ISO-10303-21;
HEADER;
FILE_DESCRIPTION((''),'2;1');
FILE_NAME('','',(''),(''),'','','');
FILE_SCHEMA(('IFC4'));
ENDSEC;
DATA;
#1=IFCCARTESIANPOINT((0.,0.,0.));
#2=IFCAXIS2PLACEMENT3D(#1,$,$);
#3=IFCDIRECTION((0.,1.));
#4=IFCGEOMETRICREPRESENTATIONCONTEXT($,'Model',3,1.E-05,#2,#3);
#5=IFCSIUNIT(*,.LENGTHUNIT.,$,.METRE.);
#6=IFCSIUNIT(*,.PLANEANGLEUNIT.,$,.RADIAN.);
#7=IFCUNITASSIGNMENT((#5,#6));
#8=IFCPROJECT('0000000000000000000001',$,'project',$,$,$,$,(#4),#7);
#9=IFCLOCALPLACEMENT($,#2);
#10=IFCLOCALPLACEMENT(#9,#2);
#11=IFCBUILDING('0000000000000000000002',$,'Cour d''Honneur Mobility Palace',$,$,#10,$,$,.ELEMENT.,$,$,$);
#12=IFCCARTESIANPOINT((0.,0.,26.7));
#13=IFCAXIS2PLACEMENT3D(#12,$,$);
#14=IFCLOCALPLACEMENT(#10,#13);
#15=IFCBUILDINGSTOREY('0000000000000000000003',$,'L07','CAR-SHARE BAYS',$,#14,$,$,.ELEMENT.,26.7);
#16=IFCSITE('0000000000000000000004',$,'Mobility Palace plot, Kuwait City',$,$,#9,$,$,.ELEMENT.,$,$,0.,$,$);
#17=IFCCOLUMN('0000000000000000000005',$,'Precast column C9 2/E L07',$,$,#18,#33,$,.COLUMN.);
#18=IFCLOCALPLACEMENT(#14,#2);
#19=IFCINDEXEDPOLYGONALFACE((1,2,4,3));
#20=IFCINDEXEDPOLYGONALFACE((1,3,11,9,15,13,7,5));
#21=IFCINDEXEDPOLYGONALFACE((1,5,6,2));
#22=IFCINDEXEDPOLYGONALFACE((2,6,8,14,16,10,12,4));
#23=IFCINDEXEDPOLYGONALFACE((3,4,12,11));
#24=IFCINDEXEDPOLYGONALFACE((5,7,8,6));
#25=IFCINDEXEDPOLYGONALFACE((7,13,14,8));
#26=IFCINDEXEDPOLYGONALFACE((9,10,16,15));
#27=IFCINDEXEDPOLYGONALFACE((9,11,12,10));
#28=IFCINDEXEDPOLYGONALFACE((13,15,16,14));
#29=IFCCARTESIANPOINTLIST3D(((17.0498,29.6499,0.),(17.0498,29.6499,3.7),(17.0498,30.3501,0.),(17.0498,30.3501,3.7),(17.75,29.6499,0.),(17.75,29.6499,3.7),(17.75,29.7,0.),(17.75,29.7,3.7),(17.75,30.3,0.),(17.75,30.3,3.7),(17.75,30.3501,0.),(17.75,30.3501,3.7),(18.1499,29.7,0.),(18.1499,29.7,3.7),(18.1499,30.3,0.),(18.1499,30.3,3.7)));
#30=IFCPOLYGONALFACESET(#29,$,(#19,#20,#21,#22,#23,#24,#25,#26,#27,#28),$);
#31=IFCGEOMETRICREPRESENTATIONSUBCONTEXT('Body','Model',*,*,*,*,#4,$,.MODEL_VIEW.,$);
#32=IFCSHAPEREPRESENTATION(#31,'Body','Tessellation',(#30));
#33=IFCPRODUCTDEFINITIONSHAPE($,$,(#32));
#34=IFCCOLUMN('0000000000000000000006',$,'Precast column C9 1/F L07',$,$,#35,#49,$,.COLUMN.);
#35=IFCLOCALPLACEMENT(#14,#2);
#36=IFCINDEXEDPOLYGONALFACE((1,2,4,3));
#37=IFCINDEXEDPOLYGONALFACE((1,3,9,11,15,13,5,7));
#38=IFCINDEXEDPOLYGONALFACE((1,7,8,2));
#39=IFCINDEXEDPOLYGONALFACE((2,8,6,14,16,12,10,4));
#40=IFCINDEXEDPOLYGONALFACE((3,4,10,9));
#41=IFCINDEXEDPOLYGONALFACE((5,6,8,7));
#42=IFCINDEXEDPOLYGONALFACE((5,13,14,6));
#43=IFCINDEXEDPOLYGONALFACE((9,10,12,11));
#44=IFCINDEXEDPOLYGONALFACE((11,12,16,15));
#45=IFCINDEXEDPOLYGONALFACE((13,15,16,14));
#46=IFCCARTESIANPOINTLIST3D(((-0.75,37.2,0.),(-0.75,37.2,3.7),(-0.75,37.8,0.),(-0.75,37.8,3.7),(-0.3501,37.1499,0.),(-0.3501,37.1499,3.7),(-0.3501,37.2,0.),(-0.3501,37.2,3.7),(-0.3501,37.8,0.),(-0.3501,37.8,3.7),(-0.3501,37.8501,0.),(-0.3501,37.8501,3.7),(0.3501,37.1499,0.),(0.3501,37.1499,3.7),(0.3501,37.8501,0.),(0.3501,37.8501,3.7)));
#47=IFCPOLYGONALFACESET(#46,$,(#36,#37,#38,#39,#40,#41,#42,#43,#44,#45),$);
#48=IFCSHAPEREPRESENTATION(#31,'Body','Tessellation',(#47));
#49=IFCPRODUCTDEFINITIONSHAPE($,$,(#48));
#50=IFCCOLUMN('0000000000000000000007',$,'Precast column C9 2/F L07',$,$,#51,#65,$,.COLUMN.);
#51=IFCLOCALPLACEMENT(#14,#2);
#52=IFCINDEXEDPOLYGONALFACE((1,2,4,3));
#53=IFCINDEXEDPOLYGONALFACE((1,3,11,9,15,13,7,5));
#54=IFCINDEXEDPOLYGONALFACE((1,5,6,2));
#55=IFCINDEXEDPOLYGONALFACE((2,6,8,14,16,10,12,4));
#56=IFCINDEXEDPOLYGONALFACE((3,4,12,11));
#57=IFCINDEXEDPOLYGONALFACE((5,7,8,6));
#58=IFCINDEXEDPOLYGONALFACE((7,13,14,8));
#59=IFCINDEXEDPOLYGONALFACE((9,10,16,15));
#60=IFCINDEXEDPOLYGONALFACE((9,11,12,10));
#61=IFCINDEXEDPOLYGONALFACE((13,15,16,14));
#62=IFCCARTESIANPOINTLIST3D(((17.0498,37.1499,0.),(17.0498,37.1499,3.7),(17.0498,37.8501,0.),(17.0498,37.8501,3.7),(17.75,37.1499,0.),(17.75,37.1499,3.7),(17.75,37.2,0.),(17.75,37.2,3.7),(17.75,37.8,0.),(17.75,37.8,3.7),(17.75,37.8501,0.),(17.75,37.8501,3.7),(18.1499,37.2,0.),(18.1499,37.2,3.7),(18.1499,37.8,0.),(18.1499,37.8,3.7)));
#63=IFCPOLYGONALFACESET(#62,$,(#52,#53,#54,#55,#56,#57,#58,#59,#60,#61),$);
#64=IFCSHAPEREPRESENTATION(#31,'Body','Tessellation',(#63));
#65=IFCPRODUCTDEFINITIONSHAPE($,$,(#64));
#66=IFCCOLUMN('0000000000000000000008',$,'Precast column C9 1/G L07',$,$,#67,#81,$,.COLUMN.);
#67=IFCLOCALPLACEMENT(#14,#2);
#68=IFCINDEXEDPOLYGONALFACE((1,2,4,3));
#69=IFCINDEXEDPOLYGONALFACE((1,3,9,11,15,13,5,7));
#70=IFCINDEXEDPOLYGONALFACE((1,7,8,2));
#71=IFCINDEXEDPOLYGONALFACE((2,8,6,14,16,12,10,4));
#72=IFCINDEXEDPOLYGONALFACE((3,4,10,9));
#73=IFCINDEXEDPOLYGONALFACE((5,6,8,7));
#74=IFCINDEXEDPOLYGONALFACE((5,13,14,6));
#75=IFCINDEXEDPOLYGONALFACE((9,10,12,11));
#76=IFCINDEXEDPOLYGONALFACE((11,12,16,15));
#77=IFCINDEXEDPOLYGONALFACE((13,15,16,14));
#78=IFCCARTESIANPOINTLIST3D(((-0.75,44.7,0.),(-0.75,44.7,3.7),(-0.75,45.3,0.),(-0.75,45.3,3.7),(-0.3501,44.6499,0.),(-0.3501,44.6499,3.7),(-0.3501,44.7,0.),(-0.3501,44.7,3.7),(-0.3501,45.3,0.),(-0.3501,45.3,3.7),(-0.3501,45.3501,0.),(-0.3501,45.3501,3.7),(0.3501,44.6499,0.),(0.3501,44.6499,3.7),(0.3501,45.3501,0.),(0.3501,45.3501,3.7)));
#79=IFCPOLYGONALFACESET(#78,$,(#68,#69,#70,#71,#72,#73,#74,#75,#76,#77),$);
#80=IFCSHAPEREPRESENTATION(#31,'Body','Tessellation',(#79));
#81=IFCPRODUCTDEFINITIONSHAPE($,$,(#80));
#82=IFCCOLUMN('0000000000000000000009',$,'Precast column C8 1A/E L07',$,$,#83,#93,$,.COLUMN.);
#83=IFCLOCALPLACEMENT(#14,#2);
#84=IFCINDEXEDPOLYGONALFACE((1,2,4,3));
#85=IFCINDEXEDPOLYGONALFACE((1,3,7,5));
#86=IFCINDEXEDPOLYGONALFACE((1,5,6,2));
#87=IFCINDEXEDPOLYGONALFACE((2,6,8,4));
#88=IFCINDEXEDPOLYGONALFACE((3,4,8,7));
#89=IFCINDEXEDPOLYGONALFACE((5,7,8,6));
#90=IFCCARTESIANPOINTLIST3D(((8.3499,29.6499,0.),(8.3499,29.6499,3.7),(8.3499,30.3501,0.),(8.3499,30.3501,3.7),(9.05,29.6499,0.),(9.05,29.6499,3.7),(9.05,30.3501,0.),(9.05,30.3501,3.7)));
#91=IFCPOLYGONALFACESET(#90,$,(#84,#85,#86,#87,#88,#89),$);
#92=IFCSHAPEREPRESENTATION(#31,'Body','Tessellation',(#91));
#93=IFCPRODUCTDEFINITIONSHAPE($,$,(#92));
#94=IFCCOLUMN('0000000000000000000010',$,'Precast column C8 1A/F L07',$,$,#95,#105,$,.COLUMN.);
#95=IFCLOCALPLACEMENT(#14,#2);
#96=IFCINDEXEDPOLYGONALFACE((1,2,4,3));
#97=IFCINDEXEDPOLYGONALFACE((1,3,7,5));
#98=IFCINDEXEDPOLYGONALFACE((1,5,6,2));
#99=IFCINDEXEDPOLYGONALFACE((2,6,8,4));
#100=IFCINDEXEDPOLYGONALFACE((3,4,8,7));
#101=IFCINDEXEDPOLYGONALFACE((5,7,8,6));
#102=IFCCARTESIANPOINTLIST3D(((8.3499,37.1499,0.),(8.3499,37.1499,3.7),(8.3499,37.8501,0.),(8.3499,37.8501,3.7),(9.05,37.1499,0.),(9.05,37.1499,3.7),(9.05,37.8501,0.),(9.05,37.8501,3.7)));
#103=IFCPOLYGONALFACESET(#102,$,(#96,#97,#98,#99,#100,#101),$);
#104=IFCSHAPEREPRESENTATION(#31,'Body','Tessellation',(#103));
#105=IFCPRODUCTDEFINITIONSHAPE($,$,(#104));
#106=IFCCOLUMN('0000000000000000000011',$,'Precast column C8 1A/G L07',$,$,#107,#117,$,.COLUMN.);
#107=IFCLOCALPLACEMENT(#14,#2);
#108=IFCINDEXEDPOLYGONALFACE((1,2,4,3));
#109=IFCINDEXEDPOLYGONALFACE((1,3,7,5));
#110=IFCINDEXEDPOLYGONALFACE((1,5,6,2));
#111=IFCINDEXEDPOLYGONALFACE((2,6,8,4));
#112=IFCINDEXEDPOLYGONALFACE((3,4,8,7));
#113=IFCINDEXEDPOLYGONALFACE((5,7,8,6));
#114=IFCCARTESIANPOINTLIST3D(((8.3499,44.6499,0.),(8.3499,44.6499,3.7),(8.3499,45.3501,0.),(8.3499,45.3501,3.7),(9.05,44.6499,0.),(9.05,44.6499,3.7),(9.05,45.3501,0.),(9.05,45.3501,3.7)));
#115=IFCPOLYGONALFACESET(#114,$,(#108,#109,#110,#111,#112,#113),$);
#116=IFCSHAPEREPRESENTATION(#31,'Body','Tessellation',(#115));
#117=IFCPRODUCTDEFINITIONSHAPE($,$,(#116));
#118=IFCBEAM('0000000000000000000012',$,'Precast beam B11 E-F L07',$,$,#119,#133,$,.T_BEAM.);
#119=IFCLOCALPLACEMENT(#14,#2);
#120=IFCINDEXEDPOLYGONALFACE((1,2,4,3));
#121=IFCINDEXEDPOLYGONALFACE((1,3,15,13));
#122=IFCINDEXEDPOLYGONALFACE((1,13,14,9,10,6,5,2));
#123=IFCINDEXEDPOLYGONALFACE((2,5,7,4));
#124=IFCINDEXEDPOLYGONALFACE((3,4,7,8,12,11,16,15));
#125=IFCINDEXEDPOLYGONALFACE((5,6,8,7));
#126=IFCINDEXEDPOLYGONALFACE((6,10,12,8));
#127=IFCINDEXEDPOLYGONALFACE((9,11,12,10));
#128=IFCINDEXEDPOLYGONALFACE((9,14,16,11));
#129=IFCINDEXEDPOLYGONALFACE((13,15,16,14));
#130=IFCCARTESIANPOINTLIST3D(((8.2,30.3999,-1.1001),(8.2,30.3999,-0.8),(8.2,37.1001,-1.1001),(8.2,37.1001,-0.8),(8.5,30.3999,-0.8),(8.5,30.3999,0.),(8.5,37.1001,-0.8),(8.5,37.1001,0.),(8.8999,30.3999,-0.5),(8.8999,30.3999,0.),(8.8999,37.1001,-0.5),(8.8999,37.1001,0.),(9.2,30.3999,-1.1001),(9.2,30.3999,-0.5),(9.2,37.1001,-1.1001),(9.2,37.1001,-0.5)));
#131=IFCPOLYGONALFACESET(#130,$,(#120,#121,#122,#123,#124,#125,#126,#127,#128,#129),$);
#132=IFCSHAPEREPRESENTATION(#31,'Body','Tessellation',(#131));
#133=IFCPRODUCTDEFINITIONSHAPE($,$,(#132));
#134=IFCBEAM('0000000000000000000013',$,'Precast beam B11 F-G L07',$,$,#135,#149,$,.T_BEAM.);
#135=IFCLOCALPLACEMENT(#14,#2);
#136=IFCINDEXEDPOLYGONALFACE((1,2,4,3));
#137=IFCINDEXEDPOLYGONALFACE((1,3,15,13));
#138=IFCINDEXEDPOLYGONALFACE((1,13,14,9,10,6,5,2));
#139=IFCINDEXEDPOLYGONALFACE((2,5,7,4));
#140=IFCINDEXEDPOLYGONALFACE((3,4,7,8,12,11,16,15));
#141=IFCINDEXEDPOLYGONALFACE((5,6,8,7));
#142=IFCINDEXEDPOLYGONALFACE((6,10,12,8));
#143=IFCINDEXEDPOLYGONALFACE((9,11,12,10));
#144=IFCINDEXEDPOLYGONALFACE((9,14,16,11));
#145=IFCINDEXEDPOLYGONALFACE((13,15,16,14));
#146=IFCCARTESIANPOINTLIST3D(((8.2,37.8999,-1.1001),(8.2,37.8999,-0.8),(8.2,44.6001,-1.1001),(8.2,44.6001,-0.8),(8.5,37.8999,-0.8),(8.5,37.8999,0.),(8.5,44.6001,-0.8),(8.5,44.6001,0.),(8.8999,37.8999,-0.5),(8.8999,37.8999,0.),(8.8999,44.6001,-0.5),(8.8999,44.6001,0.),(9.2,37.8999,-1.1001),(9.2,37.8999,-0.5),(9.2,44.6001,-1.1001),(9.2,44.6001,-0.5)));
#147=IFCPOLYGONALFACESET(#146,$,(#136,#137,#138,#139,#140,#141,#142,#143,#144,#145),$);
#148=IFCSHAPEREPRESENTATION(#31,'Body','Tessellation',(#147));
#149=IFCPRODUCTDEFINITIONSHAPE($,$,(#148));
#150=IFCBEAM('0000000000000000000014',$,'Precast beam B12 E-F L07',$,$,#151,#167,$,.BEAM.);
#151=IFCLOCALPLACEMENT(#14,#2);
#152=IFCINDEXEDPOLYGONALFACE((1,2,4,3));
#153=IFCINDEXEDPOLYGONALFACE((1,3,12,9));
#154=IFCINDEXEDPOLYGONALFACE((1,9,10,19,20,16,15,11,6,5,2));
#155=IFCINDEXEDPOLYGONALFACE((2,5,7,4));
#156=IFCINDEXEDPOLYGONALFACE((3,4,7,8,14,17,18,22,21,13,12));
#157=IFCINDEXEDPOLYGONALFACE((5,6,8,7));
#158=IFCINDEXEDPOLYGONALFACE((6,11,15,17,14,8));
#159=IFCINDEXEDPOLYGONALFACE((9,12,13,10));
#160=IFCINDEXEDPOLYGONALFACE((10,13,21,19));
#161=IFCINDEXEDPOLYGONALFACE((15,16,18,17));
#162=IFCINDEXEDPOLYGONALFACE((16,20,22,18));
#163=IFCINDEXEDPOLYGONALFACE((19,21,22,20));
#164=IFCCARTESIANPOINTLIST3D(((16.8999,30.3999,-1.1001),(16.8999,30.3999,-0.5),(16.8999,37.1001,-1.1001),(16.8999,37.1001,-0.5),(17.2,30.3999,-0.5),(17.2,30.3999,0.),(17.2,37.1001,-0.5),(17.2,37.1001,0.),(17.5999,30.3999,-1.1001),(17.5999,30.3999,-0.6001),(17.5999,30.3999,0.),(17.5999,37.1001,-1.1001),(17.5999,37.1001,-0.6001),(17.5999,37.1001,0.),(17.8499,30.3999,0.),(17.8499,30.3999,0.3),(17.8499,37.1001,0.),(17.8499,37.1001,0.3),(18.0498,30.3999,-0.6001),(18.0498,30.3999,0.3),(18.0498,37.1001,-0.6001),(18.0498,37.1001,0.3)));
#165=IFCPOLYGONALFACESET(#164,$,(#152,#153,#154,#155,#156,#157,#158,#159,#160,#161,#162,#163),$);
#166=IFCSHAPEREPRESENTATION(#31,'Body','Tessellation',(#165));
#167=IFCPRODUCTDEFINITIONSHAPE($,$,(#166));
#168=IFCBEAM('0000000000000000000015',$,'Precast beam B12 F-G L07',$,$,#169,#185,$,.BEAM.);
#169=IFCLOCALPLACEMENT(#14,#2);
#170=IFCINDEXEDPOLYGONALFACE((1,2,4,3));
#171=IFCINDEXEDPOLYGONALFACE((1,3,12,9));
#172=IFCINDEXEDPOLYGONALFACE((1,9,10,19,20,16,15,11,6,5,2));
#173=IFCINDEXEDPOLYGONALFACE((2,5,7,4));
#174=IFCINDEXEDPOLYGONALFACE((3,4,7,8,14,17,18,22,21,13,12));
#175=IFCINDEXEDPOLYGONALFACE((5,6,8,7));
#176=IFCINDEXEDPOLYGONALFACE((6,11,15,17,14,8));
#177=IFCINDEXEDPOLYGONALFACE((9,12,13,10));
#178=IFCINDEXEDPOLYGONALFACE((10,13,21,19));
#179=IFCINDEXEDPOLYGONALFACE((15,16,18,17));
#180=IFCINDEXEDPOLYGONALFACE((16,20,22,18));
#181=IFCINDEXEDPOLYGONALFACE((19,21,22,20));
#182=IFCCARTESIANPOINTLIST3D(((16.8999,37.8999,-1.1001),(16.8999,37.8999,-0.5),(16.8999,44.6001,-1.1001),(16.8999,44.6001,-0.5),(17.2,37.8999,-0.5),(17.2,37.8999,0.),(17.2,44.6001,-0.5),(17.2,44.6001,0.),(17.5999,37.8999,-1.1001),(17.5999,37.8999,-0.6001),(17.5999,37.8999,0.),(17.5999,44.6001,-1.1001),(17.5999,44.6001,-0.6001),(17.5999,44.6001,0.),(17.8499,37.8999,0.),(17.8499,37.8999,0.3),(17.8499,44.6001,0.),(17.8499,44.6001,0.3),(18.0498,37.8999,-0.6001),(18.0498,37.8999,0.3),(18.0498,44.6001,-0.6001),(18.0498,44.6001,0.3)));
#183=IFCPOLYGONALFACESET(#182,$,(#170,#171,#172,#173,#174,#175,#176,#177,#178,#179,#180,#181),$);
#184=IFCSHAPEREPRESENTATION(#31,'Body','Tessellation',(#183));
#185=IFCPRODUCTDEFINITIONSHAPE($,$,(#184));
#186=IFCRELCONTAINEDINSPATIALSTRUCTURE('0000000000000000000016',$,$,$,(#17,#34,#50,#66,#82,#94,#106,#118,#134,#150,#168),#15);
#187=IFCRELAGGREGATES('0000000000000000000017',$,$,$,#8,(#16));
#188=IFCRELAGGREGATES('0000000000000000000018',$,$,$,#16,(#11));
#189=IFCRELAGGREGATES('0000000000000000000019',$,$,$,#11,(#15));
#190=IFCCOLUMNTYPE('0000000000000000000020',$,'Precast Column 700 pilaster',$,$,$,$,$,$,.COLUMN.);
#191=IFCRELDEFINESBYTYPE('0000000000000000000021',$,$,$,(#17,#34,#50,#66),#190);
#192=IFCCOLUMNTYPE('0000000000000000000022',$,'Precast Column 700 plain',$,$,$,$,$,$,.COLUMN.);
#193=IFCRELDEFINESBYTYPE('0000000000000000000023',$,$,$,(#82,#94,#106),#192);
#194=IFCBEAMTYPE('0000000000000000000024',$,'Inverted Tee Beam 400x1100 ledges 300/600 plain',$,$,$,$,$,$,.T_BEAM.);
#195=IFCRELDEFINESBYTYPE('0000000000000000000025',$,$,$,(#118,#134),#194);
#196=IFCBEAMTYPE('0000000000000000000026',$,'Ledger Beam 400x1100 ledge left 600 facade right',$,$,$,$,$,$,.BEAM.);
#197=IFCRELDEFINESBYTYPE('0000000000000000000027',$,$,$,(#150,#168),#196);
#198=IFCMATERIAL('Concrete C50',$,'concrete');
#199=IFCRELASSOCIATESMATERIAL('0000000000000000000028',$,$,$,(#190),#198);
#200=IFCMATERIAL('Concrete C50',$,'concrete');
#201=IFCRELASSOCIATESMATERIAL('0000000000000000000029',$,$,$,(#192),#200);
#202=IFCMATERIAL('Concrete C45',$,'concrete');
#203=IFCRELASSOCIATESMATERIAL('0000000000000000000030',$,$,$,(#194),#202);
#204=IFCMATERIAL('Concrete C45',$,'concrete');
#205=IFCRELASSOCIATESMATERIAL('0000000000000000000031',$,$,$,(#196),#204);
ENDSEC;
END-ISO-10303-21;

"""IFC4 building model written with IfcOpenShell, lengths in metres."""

from ifc_helpers import new_model, si_unit, direction, frame, origin, place, context, subcontext, project, spatial, polyline, outline, extrude, material, material_profile, profile_set, type_object, element, save


model = new_model("IFC4")

# Units and contexts
model_context = context("Model", 3, precision=1e-05, world=origin(), true_north=direction((0.0, 1.0)))
body_context = subcontext(model_context, "Body", "Model", "MODEL_VIEW")
ifc_project = project(units=[si_unit("LENGTHUNIT", "METRE"), si_unit("PLANEANGLEUNIT", "RADIAN")], contexts=[model_context])

# Site, building, storey
site_placement = place(None, origin())
site = spatial("IfcSite", under=ifc_project, at=site_placement, Name="Mobility Palace plot, Kuwait City", CompositionType="ELEMENT", RefElevation=0.0)
building_placement = place(site_placement, origin())
building = spatial("IfcBuilding", under=site, at=building_placement, Name="Cour d'Honneur Mobility Palace", CompositionType="ELEMENT")
storey_placement = place(building_placement, frame((0.0, 0.0, 26.7)))
storey = spatial("IfcBuildingStorey", under=building, at=storey_placement, Name="L07", Description="CAR-SHARE BAYS", CompositionType="ELEMENT", Elevation=26.7)

# Columns
ifc_material_1 = material(Name="Concrete C50", Category="concrete")
ifc_material_profile_1 = material_profile(ifc_material_1, outline(polyline([(-0.3501, -0.3501), (0.3501, -0.3501), (0.3501, -0.3), (0.75, -0.3), (0.75, 0.3), (0.3501, 0.3), (0.3501, 0.3501), (-0.3501, 0.3501), (-0.3501, -0.3501)])), Name="PC C700 pilaster")
ifc_profile_set_1 = profile_set([ifc_material_profile_1], Name="Concrete C50")
column_type_1 = type_object("IfcColumnType", Name="Precast Column 700 pilaster", PredefinedType="COLUMN", material=ifc_profile_set_1)
for number, where, z_axis, x_axis, name in (
    (1, (17.3999, 30.0, 0.0), (0.0, 0.0, 1.0), (1.0, 0.0, 0.0), "Precast column C9 2/E L07"),
    (2, (0.0, 37.5, 0.0), (0.0, 0.0, 1.0), (-1.0, 0.0, 0.0), "Precast column C9 1/F L07"),
    (3, (17.3999, 37.5, 0.0), (0.0, 0.0, 1.0), (1.0, 0.0, 0.0), "Precast column C9 2/F L07"),
    (4, (0.0, 45.0, 0.0), (0.0, 0.0, 1.0), (-1.0, 0.0, 0.0), "Precast column C9 1/G L07"),
):
    element("IfcColumn", number, at=place(storey_placement, frame(where, z_axis=z_axis, x_axis=x_axis)), inside=storey, type_object=column_type_1, Name=name, PredefinedType="COLUMN", context=body_context, shape_type="SweptSolid", body=[
        extrude(outline(polyline([(-0.3501, -0.3501), (0.3501, -0.3501), (0.3501, -0.3), (0.75, -0.3), (0.75, 0.3), (0.3501, 0.3), (0.3501, 0.3501), (-0.3501, 0.3501), (-0.3501, -0.3501)])), origin(), (0.0, 0.0, 1.0), 3.7),
    ])
ifc_material_2 = material(Name="Concrete C50", Category="concrete")
ifc_material_profile_2 = material_profile(ifc_material_2, outline(polyline([(-0.3501, -0.3501), (0.3501, -0.3501), (0.3501, 0.3501), (-0.3501, 0.3501), (-0.3501, -0.3501)])), Name="PC C700 plain")
ifc_profile_set_2 = profile_set([ifc_material_profile_2], Name="Concrete C50")
column_type_2 = type_object("IfcColumnType", Name="Precast Column 700 plain", PredefinedType="COLUMN", material=ifc_profile_set_2)
for number, where, z_axis, x_axis, name in (
    (5, (8.7, 30.0, 0.0), (0.0, 0.0, 1.0), (1.0, 0.0, 0.0), "Precast column C8 1A/E L07"),
    (6, (8.7, 37.5, 0.0), (0.0, 0.0, 1.0), (1.0, 0.0, 0.0), "Precast column C8 1A/F L07"),
    (7, (8.7, 45.0, 0.0), (0.0, 0.0, 1.0), (1.0, 0.0, 0.0), "Precast column C8 1A/G L07"),
):
    element("IfcColumn", number, at=place(storey_placement, frame(where, z_axis=z_axis, x_axis=x_axis)), inside=storey, type_object=column_type_2, Name=name, PredefinedType="COLUMN", context=body_context, shape_type="SweptSolid", body=[
        extrude(outline(polyline([(-0.3501, -0.3501), (0.3501, -0.3501), (0.3501, 0.3501), (-0.3501, 0.3501), (-0.3501, -0.3501)])), origin(), (0.0, 0.0, 1.0), 3.7),
    ])

# Beams
ifc_material_3 = material(Name="Concrete C45", Category="concrete")
ifc_material_profile_3 = material_profile(ifc_material_3, outline(polyline([(0.5, -1.1001), (0.5, -0.8), (0.2, -0.8), (0.2, 0.0), (-0.2, 0.0), (-0.2, -0.5), (-0.5, -0.5), (-0.5, -1.1001), (0.5, -1.1001)])), Name="Inverted Tee Beam 400x1100 ledges 300/600 plain")
ifc_profile_set_3 = profile_set([ifc_material_profile_3], Name="Concrete C45")
beam_type_1 = type_object("IfcBeamType", Name="Inverted Tee Beam 400x1100 ledges 300/600 plain", PredefinedType="T_BEAM", material=ifc_profile_set_3)
for number, where, z_axis, x_axis, name in (
    (8, (8.7, 30.3999, 0.0), (0.0, 1.0, 0.0), (-1.0, 0.0, 0.0), "Precast beam B11 E-F L07"),
    (9, (8.7, 37.8999, 0.0), (0.0, 1.0, 0.0), (-1.0, 0.0, 0.0), "Precast beam B11 F-G L07"),
):
    element("IfcBeam", number, at=place(storey_placement, frame(where, z_axis=z_axis, x_axis=x_axis)), inside=storey, type_object=beam_type_1, Name=name, PredefinedType="T_BEAM", context=body_context, shape_type="SweptSolid", body=[
        extrude(outline(polyline([(0.5, -1.1001), (0.5, -0.8), (0.2, -0.8), (0.2, 0.0), (-0.2, 0.0), (-0.2, -0.5), (-0.5, -0.5), (-0.5, -1.1001), (0.5, -1.1001)])), origin(), (0.0, 0.0, 1.0), 6.7002),
    ])
ifc_material_4 = material(Name="Concrete C45", Category="concrete")
ifc_material_profile_4 = material_profile(ifc_material_4, outline(polyline([(0.5, -1.1001), (0.5, -0.5), (0.2, -0.5), (0.2, 0.0), (-0.2, 0.0), (-0.45, 0.0), (-0.45, 0.3), (-0.6499, 0.3), (-0.6499, -0.6001), (-0.2, -0.6001), (-0.2, -1.1001), (0.5, -1.1001)])), Name="Ledger Beam 400x1100 ledge left 600 facade right")
ifc_profile_set_4 = profile_set([ifc_material_profile_4], Name="Concrete C45")
beam_type_2 = type_object("IfcBeamType", Name="Ledger Beam 400x1100 ledge left 600 facade right", PredefinedType="BEAM", material=ifc_profile_set_4)
for number, where, z_axis, x_axis, name in (
    (10, (17.3999, 30.3999, 0.0), (0.0, 1.0, 0.0), (-1.0, 0.0, 0.0), "Precast beam B12 E-F L07"),
    (11, (17.3999, 37.8999, 0.0), (0.0, 1.0, 0.0), (-1.0, 0.0, 0.0), "Precast beam B12 F-G L07"),
):
    element("IfcBeam", number, at=place(storey_placement, frame(where, z_axis=z_axis, x_axis=x_axis)), inside=storey, type_object=beam_type_2, Name=name, PredefinedType="BEAM", context=body_context, shape_type="SweptSolid", body=[
        extrude(outline(polyline([(0.5, -1.1001), (0.5, -0.5), (0.2, -0.5), (0.2, 0.0), (-0.2, 0.0), (-0.45, 0.0), (-0.45, 0.3), (-0.6499, 0.3), (-0.6499, -0.6001), (-0.2, -0.6001), (-0.2, -1.1001), (0.5, -1.1001)])), origin(), (0.0, 0.0, 1.0), 6.7002),
    ])

save(model, "model.ifc")
